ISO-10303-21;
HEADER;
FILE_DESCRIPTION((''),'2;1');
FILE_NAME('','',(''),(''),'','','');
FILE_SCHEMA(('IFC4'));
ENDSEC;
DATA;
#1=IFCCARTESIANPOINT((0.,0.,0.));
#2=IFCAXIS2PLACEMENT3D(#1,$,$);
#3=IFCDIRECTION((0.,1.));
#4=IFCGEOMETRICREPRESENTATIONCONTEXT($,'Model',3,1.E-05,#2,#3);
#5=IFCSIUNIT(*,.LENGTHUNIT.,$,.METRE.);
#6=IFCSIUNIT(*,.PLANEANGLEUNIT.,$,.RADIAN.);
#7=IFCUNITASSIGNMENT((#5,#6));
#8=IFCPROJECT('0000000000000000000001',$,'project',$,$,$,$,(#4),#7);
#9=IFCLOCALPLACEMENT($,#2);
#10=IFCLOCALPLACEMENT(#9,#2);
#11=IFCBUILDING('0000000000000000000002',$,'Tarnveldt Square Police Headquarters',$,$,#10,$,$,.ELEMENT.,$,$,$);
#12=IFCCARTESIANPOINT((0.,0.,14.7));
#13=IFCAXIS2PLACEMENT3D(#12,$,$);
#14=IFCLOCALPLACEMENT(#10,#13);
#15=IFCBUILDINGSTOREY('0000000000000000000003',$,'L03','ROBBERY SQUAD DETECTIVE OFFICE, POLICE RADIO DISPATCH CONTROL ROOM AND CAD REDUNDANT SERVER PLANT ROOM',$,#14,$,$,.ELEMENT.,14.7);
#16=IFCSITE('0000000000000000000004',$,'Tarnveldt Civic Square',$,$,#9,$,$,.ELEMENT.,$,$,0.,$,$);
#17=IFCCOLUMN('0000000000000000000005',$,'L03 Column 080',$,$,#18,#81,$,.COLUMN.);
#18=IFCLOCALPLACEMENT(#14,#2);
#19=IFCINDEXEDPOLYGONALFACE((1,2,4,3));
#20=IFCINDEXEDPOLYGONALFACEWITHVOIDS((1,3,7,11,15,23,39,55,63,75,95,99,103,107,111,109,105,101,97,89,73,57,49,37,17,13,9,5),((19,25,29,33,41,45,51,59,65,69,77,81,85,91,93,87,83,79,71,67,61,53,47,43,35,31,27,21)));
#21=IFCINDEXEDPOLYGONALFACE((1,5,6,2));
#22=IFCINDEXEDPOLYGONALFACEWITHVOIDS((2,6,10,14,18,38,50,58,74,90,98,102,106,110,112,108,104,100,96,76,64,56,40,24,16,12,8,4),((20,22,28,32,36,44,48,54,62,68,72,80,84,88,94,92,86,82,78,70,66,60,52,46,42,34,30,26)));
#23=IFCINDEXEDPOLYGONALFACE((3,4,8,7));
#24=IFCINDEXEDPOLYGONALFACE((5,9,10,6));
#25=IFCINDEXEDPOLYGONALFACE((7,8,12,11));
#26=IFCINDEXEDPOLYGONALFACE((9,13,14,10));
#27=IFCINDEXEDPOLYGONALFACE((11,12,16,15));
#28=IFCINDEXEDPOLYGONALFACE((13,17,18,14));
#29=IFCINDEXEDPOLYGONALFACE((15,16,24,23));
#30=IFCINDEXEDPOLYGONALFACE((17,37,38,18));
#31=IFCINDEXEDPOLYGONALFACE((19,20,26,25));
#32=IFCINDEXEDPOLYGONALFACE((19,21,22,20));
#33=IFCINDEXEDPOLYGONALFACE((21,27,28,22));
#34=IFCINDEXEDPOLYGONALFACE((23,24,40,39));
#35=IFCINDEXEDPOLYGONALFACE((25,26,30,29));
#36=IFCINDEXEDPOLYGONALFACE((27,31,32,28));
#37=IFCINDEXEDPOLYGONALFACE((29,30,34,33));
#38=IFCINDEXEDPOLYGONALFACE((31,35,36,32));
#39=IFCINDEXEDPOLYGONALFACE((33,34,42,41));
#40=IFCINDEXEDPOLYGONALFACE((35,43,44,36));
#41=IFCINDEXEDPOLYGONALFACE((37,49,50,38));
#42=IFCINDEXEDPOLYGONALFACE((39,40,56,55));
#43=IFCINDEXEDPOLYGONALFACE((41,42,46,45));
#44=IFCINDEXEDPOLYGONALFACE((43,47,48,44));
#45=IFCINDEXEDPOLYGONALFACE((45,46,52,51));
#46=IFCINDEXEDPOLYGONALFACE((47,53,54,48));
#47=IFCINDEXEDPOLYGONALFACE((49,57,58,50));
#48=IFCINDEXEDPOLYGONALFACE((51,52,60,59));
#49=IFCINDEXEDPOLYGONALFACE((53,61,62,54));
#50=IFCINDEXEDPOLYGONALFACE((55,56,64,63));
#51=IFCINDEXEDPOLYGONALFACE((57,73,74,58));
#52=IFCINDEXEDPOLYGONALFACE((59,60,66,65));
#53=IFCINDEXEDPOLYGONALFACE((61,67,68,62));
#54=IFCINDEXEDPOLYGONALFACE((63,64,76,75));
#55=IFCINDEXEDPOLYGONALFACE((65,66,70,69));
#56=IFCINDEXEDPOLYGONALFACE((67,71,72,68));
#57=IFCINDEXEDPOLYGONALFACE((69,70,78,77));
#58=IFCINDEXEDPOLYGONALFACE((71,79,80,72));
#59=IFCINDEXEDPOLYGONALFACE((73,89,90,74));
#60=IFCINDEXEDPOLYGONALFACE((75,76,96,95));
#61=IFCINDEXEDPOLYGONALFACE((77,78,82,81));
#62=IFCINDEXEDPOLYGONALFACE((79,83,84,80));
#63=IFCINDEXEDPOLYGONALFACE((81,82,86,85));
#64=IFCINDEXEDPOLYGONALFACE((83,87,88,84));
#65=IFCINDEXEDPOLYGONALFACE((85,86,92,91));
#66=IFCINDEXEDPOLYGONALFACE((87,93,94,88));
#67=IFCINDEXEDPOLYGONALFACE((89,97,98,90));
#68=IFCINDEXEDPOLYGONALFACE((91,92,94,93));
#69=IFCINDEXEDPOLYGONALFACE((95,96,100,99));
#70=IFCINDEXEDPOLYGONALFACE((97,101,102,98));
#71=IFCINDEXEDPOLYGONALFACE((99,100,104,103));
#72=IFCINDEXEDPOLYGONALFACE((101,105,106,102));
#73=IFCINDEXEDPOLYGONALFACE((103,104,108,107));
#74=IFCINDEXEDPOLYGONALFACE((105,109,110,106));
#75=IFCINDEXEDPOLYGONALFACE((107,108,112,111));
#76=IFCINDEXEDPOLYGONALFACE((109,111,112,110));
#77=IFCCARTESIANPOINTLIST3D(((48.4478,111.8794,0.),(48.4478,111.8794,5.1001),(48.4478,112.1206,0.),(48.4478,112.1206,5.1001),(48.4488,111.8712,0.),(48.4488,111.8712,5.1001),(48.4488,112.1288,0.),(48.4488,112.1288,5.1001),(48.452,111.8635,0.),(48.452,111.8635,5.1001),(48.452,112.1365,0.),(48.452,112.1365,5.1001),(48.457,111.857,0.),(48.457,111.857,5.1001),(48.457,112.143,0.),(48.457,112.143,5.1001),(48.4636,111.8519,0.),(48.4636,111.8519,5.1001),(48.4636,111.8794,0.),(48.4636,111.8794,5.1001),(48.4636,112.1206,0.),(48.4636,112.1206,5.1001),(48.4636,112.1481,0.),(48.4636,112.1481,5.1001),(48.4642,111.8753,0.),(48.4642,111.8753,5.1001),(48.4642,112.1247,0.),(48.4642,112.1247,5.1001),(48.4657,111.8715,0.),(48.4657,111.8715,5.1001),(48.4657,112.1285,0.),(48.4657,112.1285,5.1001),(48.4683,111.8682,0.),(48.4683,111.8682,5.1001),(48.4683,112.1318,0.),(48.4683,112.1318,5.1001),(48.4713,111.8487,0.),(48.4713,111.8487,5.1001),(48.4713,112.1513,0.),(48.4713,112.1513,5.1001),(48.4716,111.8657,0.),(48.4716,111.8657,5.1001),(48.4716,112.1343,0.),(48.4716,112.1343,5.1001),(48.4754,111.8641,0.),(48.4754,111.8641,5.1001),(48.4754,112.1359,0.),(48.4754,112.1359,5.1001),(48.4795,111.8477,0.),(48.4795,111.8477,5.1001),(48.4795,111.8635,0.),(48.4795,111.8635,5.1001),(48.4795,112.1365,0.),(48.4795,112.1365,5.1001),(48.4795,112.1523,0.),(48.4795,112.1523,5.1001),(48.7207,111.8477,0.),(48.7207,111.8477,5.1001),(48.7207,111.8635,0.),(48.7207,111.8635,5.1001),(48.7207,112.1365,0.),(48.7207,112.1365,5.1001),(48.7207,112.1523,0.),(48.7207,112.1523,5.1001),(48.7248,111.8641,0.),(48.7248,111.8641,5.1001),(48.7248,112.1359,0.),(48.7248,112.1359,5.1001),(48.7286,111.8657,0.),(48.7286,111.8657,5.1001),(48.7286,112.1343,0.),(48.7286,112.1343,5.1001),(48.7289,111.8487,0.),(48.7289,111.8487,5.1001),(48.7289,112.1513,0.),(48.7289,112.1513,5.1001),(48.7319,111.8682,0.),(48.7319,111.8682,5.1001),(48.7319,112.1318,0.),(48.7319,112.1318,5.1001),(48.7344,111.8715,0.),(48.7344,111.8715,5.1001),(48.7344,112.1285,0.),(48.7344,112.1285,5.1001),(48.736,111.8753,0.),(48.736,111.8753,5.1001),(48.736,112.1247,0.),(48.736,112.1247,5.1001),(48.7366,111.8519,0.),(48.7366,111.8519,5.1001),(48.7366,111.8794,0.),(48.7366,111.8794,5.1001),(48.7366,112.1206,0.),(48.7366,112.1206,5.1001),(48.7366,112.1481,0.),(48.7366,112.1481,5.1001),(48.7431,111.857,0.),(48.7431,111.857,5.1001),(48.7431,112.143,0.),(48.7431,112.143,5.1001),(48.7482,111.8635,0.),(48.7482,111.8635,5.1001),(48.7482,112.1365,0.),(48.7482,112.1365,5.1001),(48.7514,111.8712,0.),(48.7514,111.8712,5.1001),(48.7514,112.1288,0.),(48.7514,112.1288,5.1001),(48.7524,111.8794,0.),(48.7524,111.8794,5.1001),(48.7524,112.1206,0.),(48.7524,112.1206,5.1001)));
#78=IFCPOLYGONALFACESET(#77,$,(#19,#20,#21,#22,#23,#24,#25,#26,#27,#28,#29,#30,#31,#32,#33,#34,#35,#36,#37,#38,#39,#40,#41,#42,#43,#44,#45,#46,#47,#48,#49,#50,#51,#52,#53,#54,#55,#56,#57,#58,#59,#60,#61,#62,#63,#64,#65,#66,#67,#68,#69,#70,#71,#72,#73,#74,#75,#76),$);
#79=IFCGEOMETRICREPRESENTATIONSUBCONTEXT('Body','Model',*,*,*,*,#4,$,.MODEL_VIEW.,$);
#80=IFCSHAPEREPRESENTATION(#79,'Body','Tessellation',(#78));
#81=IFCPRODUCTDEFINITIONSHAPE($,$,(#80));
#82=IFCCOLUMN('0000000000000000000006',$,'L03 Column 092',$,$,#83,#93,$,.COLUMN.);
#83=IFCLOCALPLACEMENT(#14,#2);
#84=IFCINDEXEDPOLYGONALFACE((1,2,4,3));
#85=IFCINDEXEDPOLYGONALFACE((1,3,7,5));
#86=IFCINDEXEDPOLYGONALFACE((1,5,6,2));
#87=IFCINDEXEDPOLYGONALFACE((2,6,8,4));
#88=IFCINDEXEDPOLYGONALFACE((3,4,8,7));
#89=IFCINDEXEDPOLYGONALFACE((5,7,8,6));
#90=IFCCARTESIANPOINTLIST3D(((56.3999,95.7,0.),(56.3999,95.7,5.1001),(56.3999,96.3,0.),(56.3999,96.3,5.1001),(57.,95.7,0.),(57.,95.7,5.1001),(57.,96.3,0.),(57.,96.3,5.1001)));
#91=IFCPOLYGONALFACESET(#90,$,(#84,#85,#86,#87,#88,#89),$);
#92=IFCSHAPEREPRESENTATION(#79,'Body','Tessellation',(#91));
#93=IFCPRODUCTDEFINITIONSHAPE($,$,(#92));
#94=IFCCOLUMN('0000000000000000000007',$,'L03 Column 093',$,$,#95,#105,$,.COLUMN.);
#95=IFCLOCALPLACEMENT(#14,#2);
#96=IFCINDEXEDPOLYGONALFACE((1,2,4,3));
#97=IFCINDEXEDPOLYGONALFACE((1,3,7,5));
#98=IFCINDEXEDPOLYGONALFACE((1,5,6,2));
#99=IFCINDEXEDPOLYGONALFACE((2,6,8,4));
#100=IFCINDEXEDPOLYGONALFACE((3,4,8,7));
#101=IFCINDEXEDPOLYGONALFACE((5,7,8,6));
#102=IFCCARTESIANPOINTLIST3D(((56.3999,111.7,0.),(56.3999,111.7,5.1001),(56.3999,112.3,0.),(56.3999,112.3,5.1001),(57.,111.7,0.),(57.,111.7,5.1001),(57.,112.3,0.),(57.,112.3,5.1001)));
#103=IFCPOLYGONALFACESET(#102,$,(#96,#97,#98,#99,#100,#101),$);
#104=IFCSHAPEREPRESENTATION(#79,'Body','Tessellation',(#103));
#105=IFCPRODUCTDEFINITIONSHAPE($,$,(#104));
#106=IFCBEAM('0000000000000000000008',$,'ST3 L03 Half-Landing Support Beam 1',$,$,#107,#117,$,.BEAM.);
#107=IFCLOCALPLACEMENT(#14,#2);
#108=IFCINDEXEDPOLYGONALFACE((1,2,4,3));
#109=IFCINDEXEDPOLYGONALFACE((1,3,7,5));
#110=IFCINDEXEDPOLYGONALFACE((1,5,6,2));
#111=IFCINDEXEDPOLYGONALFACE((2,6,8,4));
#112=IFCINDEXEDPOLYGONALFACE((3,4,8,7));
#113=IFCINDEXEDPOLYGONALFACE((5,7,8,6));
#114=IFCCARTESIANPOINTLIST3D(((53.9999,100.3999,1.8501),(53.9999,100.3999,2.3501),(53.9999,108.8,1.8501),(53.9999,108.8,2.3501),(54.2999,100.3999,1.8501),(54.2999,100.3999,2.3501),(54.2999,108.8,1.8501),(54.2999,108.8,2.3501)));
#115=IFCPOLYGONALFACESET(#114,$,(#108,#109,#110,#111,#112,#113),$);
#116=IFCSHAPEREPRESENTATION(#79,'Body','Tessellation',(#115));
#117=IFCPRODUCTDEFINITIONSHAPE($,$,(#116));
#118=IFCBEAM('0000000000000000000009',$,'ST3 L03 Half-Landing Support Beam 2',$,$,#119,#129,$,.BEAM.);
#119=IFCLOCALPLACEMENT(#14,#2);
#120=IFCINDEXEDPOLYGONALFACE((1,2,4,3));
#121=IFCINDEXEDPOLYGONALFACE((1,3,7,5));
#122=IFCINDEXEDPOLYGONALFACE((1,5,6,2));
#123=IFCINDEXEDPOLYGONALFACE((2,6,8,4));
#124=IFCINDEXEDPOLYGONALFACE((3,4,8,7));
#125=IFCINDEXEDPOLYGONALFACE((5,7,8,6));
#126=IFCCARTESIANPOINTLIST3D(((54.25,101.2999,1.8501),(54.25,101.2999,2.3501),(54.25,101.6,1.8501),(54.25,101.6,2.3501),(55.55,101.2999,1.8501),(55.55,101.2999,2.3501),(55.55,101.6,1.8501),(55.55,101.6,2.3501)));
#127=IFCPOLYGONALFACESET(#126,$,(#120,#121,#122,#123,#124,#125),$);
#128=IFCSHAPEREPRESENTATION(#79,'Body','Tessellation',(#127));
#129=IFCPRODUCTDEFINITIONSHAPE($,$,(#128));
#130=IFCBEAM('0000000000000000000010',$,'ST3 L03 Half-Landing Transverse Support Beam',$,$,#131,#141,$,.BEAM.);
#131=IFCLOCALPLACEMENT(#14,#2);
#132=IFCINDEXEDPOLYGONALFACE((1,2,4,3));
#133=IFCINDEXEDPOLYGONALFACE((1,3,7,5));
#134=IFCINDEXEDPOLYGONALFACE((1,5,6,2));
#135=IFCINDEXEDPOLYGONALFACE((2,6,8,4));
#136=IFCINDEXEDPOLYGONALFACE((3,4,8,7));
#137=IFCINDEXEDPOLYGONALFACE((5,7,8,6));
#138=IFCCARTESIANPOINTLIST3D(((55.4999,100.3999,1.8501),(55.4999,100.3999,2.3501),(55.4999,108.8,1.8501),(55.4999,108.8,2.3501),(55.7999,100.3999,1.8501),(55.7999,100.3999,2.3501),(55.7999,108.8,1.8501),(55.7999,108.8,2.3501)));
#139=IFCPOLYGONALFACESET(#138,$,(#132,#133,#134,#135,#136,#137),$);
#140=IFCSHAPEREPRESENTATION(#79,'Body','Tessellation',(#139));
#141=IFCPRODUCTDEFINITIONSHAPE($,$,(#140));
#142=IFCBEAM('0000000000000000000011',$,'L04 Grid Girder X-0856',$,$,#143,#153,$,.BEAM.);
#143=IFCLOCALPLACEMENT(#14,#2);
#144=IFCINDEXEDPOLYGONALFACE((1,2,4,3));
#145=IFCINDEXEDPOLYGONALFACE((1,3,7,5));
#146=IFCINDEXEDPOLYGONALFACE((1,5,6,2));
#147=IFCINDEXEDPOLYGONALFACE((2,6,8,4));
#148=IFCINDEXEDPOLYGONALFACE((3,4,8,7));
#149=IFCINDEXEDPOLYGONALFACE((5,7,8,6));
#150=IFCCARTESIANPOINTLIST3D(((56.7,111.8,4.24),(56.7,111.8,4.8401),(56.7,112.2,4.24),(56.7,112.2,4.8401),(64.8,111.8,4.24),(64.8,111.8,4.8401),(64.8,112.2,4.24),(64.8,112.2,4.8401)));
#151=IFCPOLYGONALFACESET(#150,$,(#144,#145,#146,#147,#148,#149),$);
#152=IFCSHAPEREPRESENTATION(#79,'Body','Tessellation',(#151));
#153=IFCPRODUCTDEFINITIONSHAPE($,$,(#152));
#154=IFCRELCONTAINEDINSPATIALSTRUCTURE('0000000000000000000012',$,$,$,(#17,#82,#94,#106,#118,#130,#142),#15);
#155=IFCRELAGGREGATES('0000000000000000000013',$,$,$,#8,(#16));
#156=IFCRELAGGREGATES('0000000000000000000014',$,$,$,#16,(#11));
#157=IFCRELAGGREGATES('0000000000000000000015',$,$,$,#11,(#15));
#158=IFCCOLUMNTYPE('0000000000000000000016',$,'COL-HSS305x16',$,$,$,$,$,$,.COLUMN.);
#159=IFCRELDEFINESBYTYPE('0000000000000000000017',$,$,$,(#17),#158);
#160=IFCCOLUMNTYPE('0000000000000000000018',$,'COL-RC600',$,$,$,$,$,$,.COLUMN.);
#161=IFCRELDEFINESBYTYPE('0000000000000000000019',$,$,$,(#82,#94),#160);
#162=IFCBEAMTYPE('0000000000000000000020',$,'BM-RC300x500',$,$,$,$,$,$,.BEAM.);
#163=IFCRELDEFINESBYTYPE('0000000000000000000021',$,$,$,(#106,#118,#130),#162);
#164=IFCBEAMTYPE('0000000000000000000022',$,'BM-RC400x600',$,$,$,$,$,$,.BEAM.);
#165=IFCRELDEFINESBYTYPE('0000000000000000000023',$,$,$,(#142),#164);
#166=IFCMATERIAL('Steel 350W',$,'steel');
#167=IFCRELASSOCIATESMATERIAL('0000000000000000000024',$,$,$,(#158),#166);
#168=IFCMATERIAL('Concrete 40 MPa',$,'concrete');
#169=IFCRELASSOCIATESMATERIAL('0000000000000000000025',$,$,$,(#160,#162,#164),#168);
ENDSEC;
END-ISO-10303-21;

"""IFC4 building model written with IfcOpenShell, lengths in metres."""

from ifc_helpers import new_model, si_unit, direction, frame, origin, origin_2d, place, context, subcontext, project, spatial, rectangle, hollow_rectangle, extrude, material, material_profile, profile_set, type_object, element, save


model = new_model("IFC4")

# Units and contexts
model_context = context("Model", 3, precision=1e-05, world=origin(), true_north=direction((0.0, 1.0)))
body_context = subcontext(model_context, "Body", "Model", "MODEL_VIEW")
ifc_project = project(units=[si_unit("LENGTHUNIT", "METRE"), si_unit("PLANEANGLEUNIT", "RADIAN")], contexts=[model_context])

# Site, building, storey
site_placement = place(None, origin())
site = spatial("IfcSite", under=ifc_project, at=site_placement, Name="Tarnveldt Civic Square", CompositionType="ELEMENT", RefElevation=0.0)
building_placement = place(site_placement, origin())
building = spatial("IfcBuilding", under=site, at=building_placement, Name="Tarnveldt Square Police Headquarters", CompositionType="ELEMENT")
storey_placement = place(building_placement, frame((0.0, 0.0, 14.7)))
storey = spatial("IfcBuildingStorey", under=building, at=storey_placement, Name="L03", Description="ROBBERY SQUAD DETECTIVE OFFICE, POLICE RADIO DISPATCH CONTROL ROOM AND CAD REDUNDANT SERVER PLANT ROOM", CompositionType="ELEMENT", Elevation=14.7)

# Columns
ifc_material_1 = material(Name="Steel 350W", Category="steel")
ifc_material_profile_1 = material_profile(ifc_material_1, hollow_rectangle(XDim=0.3047, YDim=0.3047, WallThickness=0.0159, InnerFilletRadius=0.0159, OuterFilletRadius=0.0317, at=origin_2d()), Name="HSS305x305x16")
ifc_profile_set_1 = profile_set([ifc_material_profile_1], Name="Steel 350W")
column_type_1 = type_object("IfcColumnType", Name="COL-HSS305x16", PredefinedType="COLUMN", material=ifc_profile_set_1)
column_placement = place(storey_placement, frame((48.6001, 112.0, 0.0), z_axis=(0.0, 0.0, 1.0), x_axis=(1.0, 0.0, 0.0)))
element("IfcColumn", 1, at=column_placement, inside=storey, type_object=column_type_1, Name="L03 Column 080", PredefinedType="COLUMN", context=body_context, shape_type="SweptSolid", body=[
    extrude(hollow_rectangle(XDim=0.3047, YDim=0.3047, WallThickness=0.0159, InnerFilletRadius=0.0159, OuterFilletRadius=0.0317, at=origin_2d()), origin(), (0.0, 0.0, 1.0), 5.1001),
])
ifc_material_2 = material(Name="Concrete 40 MPa", Category="concrete")
ifc_material_profile_2 = material_profile(ifc_material_2, rectangle(XDim=0.6001, YDim=0.6001, at=origin_2d()), Name="RC-C600x600")
ifc_profile_set_2 = profile_set([ifc_material_profile_2], Name="Concrete 40 MPa")
column_type_2 = type_object("IfcColumnType", Name="COL-RC600", PredefinedType="COLUMN", material=ifc_profile_set_2)
for number, where, z_axis, x_axis, name in (
    (2, (56.7, 96.0, 0.0), (0.0, 0.0, 1.0), (1.0, 0.0, 0.0), "L03 Column 092"),
    (3, (56.7, 112.0, 0.0), (0.0, 0.0, 1.0), (1.0, 0.0, 0.0), "L03 Column 093"),
):
    element("IfcColumn", number, at=place(storey_placement, frame(where, z_axis=z_axis, x_axis=x_axis)), inside=storey, type_object=column_type_2, Name=name, PredefinedType="COLUMN", context=body_context, shape_type="SweptSolid", body=[
        extrude(rectangle(XDim=0.6001, YDim=0.6001, at=origin_2d()), origin(), (0.0, 0.0, 1.0), 5.1001),
    ])

# Beams
ifc_material_profile_3 = material_profile(ifc_material_2, rectangle(XDim=0.3, YDim=0.5, at=origin_2d()), Name="RC-B300x500")
ifc_profile_set_3 = profile_set([ifc_material_profile_3], Name="Concrete 40 MPa")
beam_type_1 = type_object("IfcBeamType", Name="BM-RC300x500", PredefinedType="BEAM", material=ifc_profile_set_3)
beam_1_placement = place(storey_placement, frame((54.1499, 100.3999, 2.1001), z_axis=(0.0, 1.0, 0.0), x_axis=(-1.0, 0.0, 0.0)))
element("IfcBeam", 4, at=beam_1_placement, inside=storey, type_object=beam_type_1, Name="ST3 L03 Half-Landing Support Beam 1", PredefinedType="BEAM", context=body_context, shape_type="SweptSolid", body=[
    extrude(rectangle(XDim=0.3, YDim=0.5, at=origin_2d()), origin(), (0.0, 0.0, 1.0), 8.4001),
])
beam_2_placement = place(storey_placement, frame((54.25, 101.45, 2.1001), z_axis=(1.0, 0.0, 0.0), x_axis=(0.0, 1.0, 0.0)))
element("IfcBeam", 5, at=beam_2_placement, inside=storey, type_object=beam_type_1, Name="ST3 L03 Half-Landing Support Beam 2", PredefinedType="BEAM", context=body_context, shape_type="SweptSolid", body=[
    extrude(rectangle(XDim=0.3, YDim=0.5, at=origin_2d()), origin(), (0.0, 0.0, 1.0), 1.3),
])
beam_3_placement = place(storey_placement, frame((55.6499, 100.3999, 2.1001), z_axis=(0.0, 1.0, 0.0), x_axis=(-1.0, 0.0, 0.0)))
element("IfcBeam", 6, at=beam_3_placement, inside=storey, type_object=beam_type_1, Name="ST3 L03 Half-Landing Transverse Support Beam", PredefinedType="BEAM", context=body_context, shape_type="SweptSolid", body=[
    extrude(rectangle(XDim=0.3, YDim=0.5, at=origin_2d()), origin(), (0.0, 0.0, 1.0), 8.4001),
])
ifc_material_profile_4 = material_profile(ifc_material_2, rectangle(XDim=0.3999, YDim=0.6001, at=origin_2d()), Name="RC-B400x600")
ifc_profile_set_4 = profile_set([ifc_material_profile_4], Name="Concrete 40 MPa")
beam_type_2 = type_object("IfcBeamType", Name="BM-RC400x600", PredefinedType="BEAM", material=ifc_profile_set_4)
beam_4_placement = place(storey_placement, frame((56.7, 112.0, 4.54), z_axis=(1.0, 0.0, 0.0), x_axis=(0.0, 1.0, 0.0)))
element("IfcBeam", 7, at=beam_4_placement, inside=storey, type_object=beam_type_2, Name="L04 Grid Girder X-0856", PredefinedType="BEAM", context=body_context, shape_type="SweptSolid", body=[
    extrude(rectangle(XDim=0.3999, YDim=0.6001, at=origin_2d()), origin(), (0.0, 0.0, 1.0), 8.1001),
])

save(model, "model.ifc")
